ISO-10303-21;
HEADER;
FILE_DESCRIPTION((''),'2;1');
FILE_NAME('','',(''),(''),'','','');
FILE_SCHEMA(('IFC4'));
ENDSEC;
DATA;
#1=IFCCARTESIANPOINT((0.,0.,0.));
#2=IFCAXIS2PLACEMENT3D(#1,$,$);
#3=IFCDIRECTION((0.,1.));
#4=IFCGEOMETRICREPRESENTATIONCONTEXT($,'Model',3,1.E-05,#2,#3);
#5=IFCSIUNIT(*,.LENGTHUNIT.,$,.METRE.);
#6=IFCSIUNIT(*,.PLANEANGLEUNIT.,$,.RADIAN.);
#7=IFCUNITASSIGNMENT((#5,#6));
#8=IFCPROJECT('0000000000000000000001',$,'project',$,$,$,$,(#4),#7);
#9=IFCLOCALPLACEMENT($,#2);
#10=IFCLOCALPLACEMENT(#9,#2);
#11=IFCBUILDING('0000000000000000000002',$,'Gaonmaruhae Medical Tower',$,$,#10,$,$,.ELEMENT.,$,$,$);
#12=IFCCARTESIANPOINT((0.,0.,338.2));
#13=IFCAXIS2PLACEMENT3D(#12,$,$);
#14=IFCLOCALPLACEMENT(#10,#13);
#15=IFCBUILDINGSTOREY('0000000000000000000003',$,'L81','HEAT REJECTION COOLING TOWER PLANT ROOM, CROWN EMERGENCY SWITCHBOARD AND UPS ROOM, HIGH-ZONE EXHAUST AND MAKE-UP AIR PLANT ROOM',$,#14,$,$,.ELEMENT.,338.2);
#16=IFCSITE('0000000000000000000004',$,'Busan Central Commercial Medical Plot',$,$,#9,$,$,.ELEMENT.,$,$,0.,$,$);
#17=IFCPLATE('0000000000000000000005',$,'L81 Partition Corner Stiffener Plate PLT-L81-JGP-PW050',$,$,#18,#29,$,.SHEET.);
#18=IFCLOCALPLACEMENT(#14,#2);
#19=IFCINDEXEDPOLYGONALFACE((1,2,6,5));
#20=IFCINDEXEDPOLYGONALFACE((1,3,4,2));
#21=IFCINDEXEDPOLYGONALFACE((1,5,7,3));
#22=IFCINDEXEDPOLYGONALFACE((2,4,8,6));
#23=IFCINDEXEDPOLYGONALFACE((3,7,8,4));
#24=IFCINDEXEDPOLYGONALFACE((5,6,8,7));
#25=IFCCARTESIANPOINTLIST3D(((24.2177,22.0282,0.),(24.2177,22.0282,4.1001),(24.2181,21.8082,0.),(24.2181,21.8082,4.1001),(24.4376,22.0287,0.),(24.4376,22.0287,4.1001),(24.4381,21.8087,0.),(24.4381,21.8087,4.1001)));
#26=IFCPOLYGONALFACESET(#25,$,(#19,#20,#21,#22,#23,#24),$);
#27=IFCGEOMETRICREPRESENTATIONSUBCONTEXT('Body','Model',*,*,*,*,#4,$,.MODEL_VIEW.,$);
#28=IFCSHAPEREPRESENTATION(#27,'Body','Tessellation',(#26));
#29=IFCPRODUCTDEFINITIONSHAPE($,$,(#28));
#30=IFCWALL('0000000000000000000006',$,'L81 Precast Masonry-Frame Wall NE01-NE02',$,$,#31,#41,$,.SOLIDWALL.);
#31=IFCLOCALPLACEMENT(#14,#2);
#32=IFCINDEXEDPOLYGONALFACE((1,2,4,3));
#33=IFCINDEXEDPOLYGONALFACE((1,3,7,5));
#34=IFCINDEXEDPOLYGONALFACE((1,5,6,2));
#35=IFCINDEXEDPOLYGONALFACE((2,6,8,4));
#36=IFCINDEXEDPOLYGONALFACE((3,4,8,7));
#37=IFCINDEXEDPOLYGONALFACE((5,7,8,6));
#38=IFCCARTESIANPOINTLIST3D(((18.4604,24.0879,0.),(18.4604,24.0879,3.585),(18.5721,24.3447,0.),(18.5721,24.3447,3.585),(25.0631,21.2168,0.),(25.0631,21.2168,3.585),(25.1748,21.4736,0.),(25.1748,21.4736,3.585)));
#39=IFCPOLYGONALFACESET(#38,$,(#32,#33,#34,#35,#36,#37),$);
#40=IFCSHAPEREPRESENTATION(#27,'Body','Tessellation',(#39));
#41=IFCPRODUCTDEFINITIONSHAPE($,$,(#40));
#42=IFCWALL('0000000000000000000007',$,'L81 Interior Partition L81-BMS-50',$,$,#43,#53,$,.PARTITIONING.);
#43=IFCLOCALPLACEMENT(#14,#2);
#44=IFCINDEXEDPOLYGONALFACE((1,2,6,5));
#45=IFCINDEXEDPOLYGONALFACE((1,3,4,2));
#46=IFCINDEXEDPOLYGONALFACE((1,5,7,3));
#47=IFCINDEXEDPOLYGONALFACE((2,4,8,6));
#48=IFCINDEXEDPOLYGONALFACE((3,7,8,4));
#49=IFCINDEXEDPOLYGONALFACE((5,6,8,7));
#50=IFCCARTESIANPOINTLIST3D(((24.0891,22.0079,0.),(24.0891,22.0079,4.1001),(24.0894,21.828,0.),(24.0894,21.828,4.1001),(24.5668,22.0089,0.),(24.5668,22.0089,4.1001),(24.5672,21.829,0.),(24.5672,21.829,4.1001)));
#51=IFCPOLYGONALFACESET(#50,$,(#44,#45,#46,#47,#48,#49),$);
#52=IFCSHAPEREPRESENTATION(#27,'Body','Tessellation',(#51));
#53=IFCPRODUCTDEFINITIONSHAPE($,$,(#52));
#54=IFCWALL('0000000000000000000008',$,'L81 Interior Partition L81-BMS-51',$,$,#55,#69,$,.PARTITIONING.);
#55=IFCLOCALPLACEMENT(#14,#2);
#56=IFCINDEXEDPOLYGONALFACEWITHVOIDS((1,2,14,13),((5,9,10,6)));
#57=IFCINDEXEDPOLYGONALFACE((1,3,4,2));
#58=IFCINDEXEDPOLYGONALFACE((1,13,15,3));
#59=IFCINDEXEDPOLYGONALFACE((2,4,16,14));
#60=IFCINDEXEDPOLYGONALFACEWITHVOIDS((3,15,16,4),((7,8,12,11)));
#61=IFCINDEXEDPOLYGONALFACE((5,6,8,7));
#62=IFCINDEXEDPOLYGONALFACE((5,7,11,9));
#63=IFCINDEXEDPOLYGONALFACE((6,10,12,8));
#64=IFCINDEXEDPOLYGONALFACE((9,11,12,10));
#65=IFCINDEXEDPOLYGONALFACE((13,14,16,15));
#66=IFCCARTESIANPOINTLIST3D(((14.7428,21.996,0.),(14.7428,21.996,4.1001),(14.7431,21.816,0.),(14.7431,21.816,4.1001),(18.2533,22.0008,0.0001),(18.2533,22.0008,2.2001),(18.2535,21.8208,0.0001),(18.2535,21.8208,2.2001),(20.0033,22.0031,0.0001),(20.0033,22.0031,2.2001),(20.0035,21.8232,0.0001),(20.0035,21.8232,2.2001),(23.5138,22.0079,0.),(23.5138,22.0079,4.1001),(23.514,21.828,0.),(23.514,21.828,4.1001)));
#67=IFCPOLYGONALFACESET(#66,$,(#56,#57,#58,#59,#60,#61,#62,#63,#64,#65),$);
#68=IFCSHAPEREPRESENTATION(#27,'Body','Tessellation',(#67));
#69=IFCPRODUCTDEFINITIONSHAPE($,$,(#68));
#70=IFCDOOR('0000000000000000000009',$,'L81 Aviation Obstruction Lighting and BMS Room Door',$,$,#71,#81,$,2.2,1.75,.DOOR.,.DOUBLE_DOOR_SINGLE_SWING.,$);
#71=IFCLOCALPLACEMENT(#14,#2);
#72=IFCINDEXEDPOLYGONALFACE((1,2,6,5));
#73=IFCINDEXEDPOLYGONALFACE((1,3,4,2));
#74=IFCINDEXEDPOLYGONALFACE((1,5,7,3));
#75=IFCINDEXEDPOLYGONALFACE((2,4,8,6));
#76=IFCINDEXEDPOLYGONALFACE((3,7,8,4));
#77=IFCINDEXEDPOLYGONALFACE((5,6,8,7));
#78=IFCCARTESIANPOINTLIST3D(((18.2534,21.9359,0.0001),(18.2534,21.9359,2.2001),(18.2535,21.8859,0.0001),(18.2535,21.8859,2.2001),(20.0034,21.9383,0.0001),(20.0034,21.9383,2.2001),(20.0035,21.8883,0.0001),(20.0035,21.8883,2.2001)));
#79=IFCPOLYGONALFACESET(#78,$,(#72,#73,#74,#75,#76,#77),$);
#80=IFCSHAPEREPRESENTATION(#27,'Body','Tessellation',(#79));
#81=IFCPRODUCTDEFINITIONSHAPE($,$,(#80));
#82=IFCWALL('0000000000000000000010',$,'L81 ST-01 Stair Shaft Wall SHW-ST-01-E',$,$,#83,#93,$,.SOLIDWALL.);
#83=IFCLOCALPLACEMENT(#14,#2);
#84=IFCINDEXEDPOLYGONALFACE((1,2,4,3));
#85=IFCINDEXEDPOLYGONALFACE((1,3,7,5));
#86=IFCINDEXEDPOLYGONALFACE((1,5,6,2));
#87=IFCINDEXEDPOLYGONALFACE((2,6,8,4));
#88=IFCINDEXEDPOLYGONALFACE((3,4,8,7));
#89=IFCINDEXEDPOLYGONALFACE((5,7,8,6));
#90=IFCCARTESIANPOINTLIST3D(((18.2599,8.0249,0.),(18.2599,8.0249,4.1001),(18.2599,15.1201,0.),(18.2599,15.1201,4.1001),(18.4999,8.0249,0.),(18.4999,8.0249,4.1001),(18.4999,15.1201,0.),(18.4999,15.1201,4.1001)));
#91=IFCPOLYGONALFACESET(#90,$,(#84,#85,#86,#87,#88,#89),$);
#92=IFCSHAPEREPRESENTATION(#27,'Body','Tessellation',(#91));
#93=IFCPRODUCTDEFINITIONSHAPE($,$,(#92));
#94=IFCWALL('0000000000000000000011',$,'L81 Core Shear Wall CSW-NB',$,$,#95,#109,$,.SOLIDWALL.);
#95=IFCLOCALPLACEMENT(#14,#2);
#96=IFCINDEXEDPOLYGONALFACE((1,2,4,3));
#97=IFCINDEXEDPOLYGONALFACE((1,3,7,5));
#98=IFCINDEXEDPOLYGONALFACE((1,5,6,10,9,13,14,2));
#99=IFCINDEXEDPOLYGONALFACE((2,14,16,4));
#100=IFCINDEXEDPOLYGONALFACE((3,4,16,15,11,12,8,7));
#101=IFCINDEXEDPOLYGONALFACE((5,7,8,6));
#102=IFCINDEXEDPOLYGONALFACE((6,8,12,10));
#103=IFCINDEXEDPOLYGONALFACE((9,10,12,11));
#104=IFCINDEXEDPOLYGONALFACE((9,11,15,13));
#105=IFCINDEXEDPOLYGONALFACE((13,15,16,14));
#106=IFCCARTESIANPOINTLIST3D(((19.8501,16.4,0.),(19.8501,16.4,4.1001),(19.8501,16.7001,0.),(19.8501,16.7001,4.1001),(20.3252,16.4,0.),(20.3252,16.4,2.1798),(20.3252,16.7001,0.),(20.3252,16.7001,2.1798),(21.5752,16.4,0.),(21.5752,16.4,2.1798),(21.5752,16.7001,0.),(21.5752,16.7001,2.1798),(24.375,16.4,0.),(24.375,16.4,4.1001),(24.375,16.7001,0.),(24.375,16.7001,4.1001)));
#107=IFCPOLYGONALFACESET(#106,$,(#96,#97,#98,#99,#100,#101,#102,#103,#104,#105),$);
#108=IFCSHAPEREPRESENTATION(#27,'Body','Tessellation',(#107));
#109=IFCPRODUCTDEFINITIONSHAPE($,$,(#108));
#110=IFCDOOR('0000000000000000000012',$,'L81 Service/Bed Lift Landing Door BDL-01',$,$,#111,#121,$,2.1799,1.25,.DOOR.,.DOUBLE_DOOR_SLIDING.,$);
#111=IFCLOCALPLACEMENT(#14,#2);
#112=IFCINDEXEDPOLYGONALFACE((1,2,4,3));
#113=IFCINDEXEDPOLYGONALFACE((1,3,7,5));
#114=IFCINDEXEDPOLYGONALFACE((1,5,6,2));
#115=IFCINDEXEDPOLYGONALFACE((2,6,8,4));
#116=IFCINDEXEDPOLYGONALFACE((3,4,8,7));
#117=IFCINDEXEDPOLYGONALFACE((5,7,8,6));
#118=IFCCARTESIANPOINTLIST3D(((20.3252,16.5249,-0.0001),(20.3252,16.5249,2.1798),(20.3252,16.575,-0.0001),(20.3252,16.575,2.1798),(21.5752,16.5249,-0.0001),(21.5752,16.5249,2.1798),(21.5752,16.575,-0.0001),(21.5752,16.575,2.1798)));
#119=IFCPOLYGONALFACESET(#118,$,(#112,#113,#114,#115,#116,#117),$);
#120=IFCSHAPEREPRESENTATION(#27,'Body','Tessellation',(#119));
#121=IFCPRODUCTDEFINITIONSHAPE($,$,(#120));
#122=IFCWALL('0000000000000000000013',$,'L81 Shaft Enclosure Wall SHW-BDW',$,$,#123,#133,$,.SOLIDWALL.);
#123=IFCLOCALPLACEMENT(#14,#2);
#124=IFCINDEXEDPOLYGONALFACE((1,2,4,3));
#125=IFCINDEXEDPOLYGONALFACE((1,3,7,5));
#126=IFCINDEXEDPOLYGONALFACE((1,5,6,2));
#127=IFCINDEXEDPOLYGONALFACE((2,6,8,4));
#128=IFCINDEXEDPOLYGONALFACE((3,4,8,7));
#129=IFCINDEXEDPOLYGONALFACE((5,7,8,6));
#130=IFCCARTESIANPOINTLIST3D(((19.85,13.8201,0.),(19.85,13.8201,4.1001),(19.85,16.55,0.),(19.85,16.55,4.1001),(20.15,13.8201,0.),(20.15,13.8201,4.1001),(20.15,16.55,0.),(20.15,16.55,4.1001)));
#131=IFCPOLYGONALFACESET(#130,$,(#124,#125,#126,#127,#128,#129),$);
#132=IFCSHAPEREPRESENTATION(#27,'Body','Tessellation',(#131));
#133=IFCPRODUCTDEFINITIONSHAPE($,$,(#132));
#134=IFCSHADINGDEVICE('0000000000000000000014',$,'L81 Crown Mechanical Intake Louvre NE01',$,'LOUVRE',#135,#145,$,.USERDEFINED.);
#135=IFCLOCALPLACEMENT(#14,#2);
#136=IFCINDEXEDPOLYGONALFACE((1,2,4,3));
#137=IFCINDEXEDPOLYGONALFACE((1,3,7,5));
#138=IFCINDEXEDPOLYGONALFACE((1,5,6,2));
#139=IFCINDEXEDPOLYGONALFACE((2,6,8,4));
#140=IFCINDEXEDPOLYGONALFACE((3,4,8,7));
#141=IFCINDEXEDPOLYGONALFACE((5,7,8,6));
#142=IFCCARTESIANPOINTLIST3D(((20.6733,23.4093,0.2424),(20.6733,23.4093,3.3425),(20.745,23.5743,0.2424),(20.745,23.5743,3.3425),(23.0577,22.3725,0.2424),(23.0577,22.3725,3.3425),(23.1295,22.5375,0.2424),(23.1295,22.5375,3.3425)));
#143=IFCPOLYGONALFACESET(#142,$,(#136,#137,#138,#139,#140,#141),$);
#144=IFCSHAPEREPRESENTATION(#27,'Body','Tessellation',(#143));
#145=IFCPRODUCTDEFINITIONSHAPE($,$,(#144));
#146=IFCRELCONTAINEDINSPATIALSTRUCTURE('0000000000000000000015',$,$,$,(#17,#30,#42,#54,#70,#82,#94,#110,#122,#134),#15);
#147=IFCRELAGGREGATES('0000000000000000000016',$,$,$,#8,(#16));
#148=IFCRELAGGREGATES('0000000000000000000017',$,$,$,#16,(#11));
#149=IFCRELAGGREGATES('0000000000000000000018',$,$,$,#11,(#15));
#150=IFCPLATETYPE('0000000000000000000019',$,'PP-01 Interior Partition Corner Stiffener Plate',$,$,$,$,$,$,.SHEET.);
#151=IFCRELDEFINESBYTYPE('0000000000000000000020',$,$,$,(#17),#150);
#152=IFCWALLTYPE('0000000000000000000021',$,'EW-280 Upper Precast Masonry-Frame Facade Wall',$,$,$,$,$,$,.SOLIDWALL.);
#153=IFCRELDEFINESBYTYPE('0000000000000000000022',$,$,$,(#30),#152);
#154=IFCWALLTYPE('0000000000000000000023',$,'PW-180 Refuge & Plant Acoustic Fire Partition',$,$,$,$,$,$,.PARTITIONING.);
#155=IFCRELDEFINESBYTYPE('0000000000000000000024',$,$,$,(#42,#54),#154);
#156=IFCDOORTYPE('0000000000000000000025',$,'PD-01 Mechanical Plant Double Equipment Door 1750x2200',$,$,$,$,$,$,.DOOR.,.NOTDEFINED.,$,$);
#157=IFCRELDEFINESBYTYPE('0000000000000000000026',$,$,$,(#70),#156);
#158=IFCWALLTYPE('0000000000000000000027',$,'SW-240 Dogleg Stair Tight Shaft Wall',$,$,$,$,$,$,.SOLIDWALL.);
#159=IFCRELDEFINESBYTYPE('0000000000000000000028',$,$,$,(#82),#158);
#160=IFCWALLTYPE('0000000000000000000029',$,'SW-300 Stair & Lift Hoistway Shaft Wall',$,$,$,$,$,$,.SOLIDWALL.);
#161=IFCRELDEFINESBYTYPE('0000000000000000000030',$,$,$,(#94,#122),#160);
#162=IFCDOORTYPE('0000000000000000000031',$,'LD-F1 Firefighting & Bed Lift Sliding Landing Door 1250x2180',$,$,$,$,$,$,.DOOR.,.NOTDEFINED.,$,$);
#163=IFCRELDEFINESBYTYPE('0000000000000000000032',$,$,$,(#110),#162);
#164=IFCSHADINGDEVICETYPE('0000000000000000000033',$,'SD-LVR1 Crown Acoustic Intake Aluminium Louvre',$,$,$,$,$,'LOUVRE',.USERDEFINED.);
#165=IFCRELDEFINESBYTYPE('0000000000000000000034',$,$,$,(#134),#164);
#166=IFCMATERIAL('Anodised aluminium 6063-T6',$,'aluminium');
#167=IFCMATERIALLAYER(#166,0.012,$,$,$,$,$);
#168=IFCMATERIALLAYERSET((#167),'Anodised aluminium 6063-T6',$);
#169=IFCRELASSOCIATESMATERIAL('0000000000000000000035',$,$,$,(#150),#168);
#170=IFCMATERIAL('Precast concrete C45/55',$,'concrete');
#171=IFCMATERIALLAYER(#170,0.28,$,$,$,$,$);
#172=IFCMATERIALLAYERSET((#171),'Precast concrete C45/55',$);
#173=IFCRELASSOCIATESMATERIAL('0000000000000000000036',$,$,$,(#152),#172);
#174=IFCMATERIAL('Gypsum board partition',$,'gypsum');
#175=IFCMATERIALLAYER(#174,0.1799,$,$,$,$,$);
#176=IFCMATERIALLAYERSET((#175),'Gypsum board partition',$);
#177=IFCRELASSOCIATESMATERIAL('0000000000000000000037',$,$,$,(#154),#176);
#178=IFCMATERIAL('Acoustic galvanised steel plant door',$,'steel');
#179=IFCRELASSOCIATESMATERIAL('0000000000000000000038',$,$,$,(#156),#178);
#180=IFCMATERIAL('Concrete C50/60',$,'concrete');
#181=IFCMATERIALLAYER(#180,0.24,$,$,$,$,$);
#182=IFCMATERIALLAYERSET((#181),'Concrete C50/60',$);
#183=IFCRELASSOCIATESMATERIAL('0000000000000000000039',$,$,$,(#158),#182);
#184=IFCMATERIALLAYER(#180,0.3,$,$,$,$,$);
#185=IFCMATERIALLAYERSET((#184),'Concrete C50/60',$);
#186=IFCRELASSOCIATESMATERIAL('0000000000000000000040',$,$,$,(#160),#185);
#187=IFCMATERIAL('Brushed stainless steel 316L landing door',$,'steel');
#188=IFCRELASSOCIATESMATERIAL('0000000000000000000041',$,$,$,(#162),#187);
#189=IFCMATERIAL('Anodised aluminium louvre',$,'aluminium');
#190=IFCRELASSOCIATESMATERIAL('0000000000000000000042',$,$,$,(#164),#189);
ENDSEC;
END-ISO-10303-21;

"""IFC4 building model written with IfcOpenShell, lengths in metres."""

from ifc_helpers import new_model, si_unit, direction, frame, frame_2d, origin, origin_2d, place, context, subcontext, project, spatial, rectangle, extrude, material, layer, layer_set, type_object, element, fill, save


model = new_model("IFC4")

# Units and contexts
model_context = context("Model", 3, precision=1e-05, world=origin(), true_north=direction((0.0, 1.0)))
body_context = subcontext(model_context, "Body", "Model", "MODEL_VIEW")
ifc_project = project(units=[si_unit("LENGTHUNIT", "METRE"), si_unit("PLANEANGLEUNIT", "RADIAN")], contexts=[model_context])

# Site, building, storey
site_placement = place(None, origin())
site = spatial("IfcSite", under=ifc_project, at=site_placement, Name="Busan Central Commercial Medical Plot", CompositionType="ELEMENT", RefElevation=0.0)
building_placement = place(site_placement, origin())
building = spatial("IfcBuilding", under=site, at=building_placement, Name="Gaonmaruhae Medical Tower", CompositionType="ELEMENT")
storey_placement = place(building_placement, frame((0.0, 0.0, 338.2)))
storey = spatial("IfcBuildingStorey", under=building, at=storey_placement, Name="L81", Description="HEAT REJECTION COOLING TOWER PLANT ROOM, CROWN EMERGENCY SWITCHBOARD AND UPS ROOM, HIGH-ZONE EXHAUST AND MAKE-UP AIR PLANT ROOM", CompositionType="ELEMENT", Elevation=338.2)

# Shared definitions
ifc_material_1 = material(Name="Concrete C50/60", Category="concrete")

# Plate
ifc_material_2 = material(Name="Anodised aluminium 6063-T6", Category="aluminium")
ifc_layer_1 = layer(ifc_material_2, 0.012)
ifc_layer_set_1 = layer_set([ifc_layer_1], Name="Anodised aluminium 6063-T6")
plate_type = type_object("IfcPlateType", Name="PP-01 Interior Partition Corner Stiffener Plate", PredefinedType="SHEET", material=ifc_layer_set_1)
plate_placement = place(storey_placement, frame((24.3279, 21.9185, 0.0), z_axis=(0.0, 0.0, 1.0), x_axis=(-0.999998, -0.002094, 0.0)))
element("IfcPlate", 1, at=plate_placement, inside=storey, type_object=plate_type, Name="L81 Partition Corner Stiffener Plate PLT-L81-JGP-PW050", PredefinedType="SHEET", context=body_context, shape_type="SweptSolid", body=[
    extrude(rectangle(XDim=0.22, YDim=0.22, at=origin_2d()), origin(), (0.0, 0.0, 1.0), 4.1001),
])

# Walls
ifc_material_3 = material(Name="Precast concrete C45/55", Category="concrete")
ifc_layer_2 = layer(ifc_material_3, 0.28)
ifc_layer_set_2 = layer_set([ifc_layer_2], Name="Precast concrete C45/55")
wall_type_1 = type_object("IfcWallType", Name="EW-280 Upper Precast Masonry-Frame Facade Wall", PredefinedType="SOLIDWALL", material=ifc_layer_set_2)
wall_1_placement = place(storey_placement, frame((18.5161, 24.2163, 0.0), z_axis=(0.0, 0.0, 1.0), x_axis=(0.917054, -0.398763, 0.0)))
element("IfcWall", 2, at=wall_1_placement, inside=storey, type_object=wall_type_1, Name="L81 Precast Masonry-Frame Wall NE01-NE02", PredefinedType="SOLIDWALL", context=body_context, shape_type="SweptSolid", body=[
    extrude(rectangle(XDim=7.2, YDim=0.28, at=frame_2d((3.6001, 0.0))), origin(), (0.0, 0.0, 1.0), 3.585),
])
ifc_material_4 = material(Name="Gypsum board partition", Category="gypsum")
ifc_layer_3 = layer(ifc_material_4, 0.1799)
ifc_layer_set_3 = layer_set([ifc_layer_3], Name="Gypsum board partition")
wall_type_2 = type_object("IfcWallType", Name="PW-180 Refuge & Plant Acoustic Fire Partition", PredefinedType="PARTITIONING", material=ifc_layer_set_3)
wall_2_placement = place(storey_placement, frame((24.5669, 21.9189, 0.0), z_axis=(0.0, 0.0, 1.0), x_axis=(-0.999998, -0.002044, 0.0)))
element("IfcWall", 3, at=wall_2_placement, inside=storey, type_object=wall_type_2, Name="L81 Interior Partition L81-BMS-50", PredefinedType="PARTITIONING", context=body_context, shape_type="SweptSolid", body=[
    extrude(rectangle(XDim=0.4778, YDim=0.1799, at=frame_2d((0.2388, 0.0))), origin(), (0.0, 0.0, 1.0), 4.1001),
])

# Wall, opening, door
wall_3_placement = place(storey_placement, frame((23.5139, 21.918, 0.0), z_axis=(0.0, 0.0, 1.0), x_axis=(-0.999999, -0.001364, 0.0)))
wall_3 = element("IfcWall", 4, at=wall_3_placement, inside=storey, type_object=wall_type_2, Name="L81 Interior Partition L81-BMS-51", PredefinedType="PARTITIONING", context=body_context, shape_type="SweptSolid", body=[
    extrude(rectangle(XDim=8.771, YDim=0.1799, at=frame_2d((4.3855, 0.0))), origin(), (0.0, 0.0, 1.0), 4.1001),
])
opening_1_placement = place(wall_3_placement, frame((3.5105, 0.0, 0.0)))
opening_1 = element("IfcOpeningElement", 5, at=opening_1_placement, cuts=wall_3, PredefinedType="OPENING", context=body_context, shape_type="SweptSolid", body=[
    extrude(rectangle(XDim=1.75, YDim=2.2, at=frame_2d((0.875, 1.1001))), frame((0.0, 0.1001, 0.0), z_axis=(0.0, -1.0, 0.0), x_axis=(1.0, 0.0, 0.0)), (0.0, 0.0, 1.0), 0.2),
])
ifc_material_5 = material(Name="Acoustic galvanised steel plant door", Category="steel")
door_type_1 = type_object("IfcDoorType", Name="PD-01 Mechanical Plant Double Equipment Door 1750x2200", OperationType="NOTDEFINED", PredefinedType="DOOR", material=ifc_material_5)
door_1_placement = place(opening_1_placement, origin())
door_1 = element("IfcDoor", 6, at=door_1_placement, inside=storey, type_object=door_type_1, Name="L81 Aviation Obstruction Lighting and BMS Room Door", OperationType="DOUBLE_DOOR_SINGLE_SWING", OverallHeight=2.2, OverallWidth=1.75, PredefinedType="DOOR", context=body_context, shape_type="SweptSolid", body=[
    extrude(rectangle(XDim=1.75, YDim=2.2, at=frame_2d((0.875, 1.1001))), frame((0.0, 0.0249, 0.0), z_axis=(0.0, -1.0, 0.0), x_axis=(1.0, 0.0, 0.0)), (0.0, 0.0, 1.0), 0.05),
])
fill(opening_1, door_1)

# Wall
ifc_layer_4 = layer(ifc_material_1, 0.24)
ifc_layer_set_4 = layer_set([ifc_layer_4], Name="Concrete C50/60")
wall_type_3 = type_object("IfcWallType", Name="SW-240 Dogleg Stair Tight Shaft Wall", PredefinedType="SOLIDWALL", material=ifc_layer_set_4)
wall_4_placement = place(storey_placement, frame((18.3799, 15.1201, 0.0), z_axis=(0.0, 0.0, 1.0), x_axis=(0.0, -1.0, 0.0)))
element("IfcWall", 7, at=wall_4_placement, inside=storey, type_object=wall_type_3, Name="L81 ST-01 Stair Shaft Wall SHW-ST-01-E", PredefinedType="SOLIDWALL", context=body_context, shape_type="SweptSolid", body=[
    extrude(rectangle(XDim=7.0952, YDim=0.24, at=frame_2d((3.5476, 0.0))), origin(), (0.0, 0.0, 1.0), 4.1001),
])

# Wall, opening, door
ifc_layer_5 = layer(ifc_material_1, 0.3)
ifc_layer_set_5 = layer_set([ifc_layer_5], Name="Concrete C50/60")
wall_type_4 = type_object("IfcWallType", Name="SW-300 Stair & Lift Hoistway Shaft Wall", PredefinedType="SOLIDWALL", material=ifc_layer_set_5)
wall_5_placement = place(storey_placement, frame((19.8501, 16.55, 0.0), z_axis=(0.0, 0.0, 1.0), x_axis=(1.0, 0.0, 0.0)))
wall_5 = element("IfcWall", 8, at=wall_5_placement, inside=storey, type_object=wall_type_4, Name="L81 Core Shear Wall CSW-NB", PredefinedType="SOLIDWALL", context=body_context, shape_type="SweptSolid", body=[
    extrude(rectangle(XDim=4.5249, YDim=0.3, at=frame_2d((2.2625, 0.0))), origin(), (0.0, 0.0, 1.0), 4.1001),
])
opening_2_placement = place(wall_5_placement, frame((0.4751, 0.0, 0.0)))
opening_2 = element("IfcOpeningElement", 9, at=opening_2_placement, cuts=wall_5, PredefinedType="OPENING", context=body_context, shape_type="SweptSolid", body=[
    extrude(rectangle(XDim=1.25, YDim=2.1799, at=frame_2d((0.625, 1.0898))), frame((0.0, 0.1602, 0.0), z_axis=(0.0, -1.0, 0.0), x_axis=(1.0, 0.0, 0.0)), (0.0, 0.0, 1.0), 0.3201),
])
ifc_material_6 = material(Name="Brushed stainless steel 316L landing door", Category="steel")
door_type_2 = type_object("IfcDoorType", Name="LD-F1 Firefighting & Bed Lift Sliding Landing Door 1250x2180", OperationType="NOTDEFINED", PredefinedType="DOOR", material=ifc_material_6)
door_2_placement = place(opening_2_placement, origin())
door_2 = element("IfcDoor", 10, at=door_2_placement, inside=storey, type_object=door_type_2, Name="L81 Service/Bed Lift Landing Door BDL-01", OperationType="DOUBLE_DOOR_SLIDING", OverallHeight=2.1799, OverallWidth=1.25, PredefinedType="DOOR", context=body_context, shape_type="SweptSolid", body=[
    extrude(rectangle(XDim=1.25, YDim=2.1799, at=frame_2d((0.625, 1.0898))), frame((0.0, 0.0249, 0.0), z_axis=(0.0, -1.0, 0.0), x_axis=(1.0, 0.0, 0.0)), (0.0, 0.0, 1.0), 0.05),
])
fill(opening_2, door_2)

# Wall
wall_6_placement = place(storey_placement, frame((20.0, 13.8201, 0.0), z_axis=(0.0, 0.0, 1.0), x_axis=(0.0, 1.0, 0.0)))
element("IfcWall", 11, at=wall_6_placement, inside=storey, type_object=wall_type_4, Name="L81 Shaft Enclosure Wall SHW-BDW", PredefinedType="SOLIDWALL", context=body_context, shape_type="SweptSolid", body=[
    extrude(rectangle(XDim=2.73, YDim=0.3, at=frame_2d((1.365, 0.0))), origin(), (0.0, 0.0, 1.0), 4.1001),
])

# Shading device
ifc_material_7 = material(Name="Anodised aluminium louvre", Category="aluminium")
shading_device_type = type_object("IfcShadingDeviceType", Name="SD-LVR1 Crown Acoustic Intake Aluminium Louvre", ElementType="LOUVRE", PredefinedType="USERDEFINED", material=ifc_material_7)
shading_device_placement = place(storey_placement, frame((21.9014, 22.9734, 0.2424), z_axis=(0.0, 0.0, 1.0), x_axis=(0.917067, -0.398733, 0.0)))
element("IfcShadingDevice", 12, at=shading_device_placement, inside=storey, type_object=shading_device_type, Name="L81 Crown Mechanical Intake Louvre NE01", ObjectType="LOUVRE", PredefinedType="USERDEFINED", context=body_context, shape_type="SweptSolid", body=[
    extrude(rectangle(XDim=2.6001, YDim=0.1799, at=origin_2d()), origin(), (0.0, 0.0, 1.0), 3.1001),
])

save(model, "model.ifc")
